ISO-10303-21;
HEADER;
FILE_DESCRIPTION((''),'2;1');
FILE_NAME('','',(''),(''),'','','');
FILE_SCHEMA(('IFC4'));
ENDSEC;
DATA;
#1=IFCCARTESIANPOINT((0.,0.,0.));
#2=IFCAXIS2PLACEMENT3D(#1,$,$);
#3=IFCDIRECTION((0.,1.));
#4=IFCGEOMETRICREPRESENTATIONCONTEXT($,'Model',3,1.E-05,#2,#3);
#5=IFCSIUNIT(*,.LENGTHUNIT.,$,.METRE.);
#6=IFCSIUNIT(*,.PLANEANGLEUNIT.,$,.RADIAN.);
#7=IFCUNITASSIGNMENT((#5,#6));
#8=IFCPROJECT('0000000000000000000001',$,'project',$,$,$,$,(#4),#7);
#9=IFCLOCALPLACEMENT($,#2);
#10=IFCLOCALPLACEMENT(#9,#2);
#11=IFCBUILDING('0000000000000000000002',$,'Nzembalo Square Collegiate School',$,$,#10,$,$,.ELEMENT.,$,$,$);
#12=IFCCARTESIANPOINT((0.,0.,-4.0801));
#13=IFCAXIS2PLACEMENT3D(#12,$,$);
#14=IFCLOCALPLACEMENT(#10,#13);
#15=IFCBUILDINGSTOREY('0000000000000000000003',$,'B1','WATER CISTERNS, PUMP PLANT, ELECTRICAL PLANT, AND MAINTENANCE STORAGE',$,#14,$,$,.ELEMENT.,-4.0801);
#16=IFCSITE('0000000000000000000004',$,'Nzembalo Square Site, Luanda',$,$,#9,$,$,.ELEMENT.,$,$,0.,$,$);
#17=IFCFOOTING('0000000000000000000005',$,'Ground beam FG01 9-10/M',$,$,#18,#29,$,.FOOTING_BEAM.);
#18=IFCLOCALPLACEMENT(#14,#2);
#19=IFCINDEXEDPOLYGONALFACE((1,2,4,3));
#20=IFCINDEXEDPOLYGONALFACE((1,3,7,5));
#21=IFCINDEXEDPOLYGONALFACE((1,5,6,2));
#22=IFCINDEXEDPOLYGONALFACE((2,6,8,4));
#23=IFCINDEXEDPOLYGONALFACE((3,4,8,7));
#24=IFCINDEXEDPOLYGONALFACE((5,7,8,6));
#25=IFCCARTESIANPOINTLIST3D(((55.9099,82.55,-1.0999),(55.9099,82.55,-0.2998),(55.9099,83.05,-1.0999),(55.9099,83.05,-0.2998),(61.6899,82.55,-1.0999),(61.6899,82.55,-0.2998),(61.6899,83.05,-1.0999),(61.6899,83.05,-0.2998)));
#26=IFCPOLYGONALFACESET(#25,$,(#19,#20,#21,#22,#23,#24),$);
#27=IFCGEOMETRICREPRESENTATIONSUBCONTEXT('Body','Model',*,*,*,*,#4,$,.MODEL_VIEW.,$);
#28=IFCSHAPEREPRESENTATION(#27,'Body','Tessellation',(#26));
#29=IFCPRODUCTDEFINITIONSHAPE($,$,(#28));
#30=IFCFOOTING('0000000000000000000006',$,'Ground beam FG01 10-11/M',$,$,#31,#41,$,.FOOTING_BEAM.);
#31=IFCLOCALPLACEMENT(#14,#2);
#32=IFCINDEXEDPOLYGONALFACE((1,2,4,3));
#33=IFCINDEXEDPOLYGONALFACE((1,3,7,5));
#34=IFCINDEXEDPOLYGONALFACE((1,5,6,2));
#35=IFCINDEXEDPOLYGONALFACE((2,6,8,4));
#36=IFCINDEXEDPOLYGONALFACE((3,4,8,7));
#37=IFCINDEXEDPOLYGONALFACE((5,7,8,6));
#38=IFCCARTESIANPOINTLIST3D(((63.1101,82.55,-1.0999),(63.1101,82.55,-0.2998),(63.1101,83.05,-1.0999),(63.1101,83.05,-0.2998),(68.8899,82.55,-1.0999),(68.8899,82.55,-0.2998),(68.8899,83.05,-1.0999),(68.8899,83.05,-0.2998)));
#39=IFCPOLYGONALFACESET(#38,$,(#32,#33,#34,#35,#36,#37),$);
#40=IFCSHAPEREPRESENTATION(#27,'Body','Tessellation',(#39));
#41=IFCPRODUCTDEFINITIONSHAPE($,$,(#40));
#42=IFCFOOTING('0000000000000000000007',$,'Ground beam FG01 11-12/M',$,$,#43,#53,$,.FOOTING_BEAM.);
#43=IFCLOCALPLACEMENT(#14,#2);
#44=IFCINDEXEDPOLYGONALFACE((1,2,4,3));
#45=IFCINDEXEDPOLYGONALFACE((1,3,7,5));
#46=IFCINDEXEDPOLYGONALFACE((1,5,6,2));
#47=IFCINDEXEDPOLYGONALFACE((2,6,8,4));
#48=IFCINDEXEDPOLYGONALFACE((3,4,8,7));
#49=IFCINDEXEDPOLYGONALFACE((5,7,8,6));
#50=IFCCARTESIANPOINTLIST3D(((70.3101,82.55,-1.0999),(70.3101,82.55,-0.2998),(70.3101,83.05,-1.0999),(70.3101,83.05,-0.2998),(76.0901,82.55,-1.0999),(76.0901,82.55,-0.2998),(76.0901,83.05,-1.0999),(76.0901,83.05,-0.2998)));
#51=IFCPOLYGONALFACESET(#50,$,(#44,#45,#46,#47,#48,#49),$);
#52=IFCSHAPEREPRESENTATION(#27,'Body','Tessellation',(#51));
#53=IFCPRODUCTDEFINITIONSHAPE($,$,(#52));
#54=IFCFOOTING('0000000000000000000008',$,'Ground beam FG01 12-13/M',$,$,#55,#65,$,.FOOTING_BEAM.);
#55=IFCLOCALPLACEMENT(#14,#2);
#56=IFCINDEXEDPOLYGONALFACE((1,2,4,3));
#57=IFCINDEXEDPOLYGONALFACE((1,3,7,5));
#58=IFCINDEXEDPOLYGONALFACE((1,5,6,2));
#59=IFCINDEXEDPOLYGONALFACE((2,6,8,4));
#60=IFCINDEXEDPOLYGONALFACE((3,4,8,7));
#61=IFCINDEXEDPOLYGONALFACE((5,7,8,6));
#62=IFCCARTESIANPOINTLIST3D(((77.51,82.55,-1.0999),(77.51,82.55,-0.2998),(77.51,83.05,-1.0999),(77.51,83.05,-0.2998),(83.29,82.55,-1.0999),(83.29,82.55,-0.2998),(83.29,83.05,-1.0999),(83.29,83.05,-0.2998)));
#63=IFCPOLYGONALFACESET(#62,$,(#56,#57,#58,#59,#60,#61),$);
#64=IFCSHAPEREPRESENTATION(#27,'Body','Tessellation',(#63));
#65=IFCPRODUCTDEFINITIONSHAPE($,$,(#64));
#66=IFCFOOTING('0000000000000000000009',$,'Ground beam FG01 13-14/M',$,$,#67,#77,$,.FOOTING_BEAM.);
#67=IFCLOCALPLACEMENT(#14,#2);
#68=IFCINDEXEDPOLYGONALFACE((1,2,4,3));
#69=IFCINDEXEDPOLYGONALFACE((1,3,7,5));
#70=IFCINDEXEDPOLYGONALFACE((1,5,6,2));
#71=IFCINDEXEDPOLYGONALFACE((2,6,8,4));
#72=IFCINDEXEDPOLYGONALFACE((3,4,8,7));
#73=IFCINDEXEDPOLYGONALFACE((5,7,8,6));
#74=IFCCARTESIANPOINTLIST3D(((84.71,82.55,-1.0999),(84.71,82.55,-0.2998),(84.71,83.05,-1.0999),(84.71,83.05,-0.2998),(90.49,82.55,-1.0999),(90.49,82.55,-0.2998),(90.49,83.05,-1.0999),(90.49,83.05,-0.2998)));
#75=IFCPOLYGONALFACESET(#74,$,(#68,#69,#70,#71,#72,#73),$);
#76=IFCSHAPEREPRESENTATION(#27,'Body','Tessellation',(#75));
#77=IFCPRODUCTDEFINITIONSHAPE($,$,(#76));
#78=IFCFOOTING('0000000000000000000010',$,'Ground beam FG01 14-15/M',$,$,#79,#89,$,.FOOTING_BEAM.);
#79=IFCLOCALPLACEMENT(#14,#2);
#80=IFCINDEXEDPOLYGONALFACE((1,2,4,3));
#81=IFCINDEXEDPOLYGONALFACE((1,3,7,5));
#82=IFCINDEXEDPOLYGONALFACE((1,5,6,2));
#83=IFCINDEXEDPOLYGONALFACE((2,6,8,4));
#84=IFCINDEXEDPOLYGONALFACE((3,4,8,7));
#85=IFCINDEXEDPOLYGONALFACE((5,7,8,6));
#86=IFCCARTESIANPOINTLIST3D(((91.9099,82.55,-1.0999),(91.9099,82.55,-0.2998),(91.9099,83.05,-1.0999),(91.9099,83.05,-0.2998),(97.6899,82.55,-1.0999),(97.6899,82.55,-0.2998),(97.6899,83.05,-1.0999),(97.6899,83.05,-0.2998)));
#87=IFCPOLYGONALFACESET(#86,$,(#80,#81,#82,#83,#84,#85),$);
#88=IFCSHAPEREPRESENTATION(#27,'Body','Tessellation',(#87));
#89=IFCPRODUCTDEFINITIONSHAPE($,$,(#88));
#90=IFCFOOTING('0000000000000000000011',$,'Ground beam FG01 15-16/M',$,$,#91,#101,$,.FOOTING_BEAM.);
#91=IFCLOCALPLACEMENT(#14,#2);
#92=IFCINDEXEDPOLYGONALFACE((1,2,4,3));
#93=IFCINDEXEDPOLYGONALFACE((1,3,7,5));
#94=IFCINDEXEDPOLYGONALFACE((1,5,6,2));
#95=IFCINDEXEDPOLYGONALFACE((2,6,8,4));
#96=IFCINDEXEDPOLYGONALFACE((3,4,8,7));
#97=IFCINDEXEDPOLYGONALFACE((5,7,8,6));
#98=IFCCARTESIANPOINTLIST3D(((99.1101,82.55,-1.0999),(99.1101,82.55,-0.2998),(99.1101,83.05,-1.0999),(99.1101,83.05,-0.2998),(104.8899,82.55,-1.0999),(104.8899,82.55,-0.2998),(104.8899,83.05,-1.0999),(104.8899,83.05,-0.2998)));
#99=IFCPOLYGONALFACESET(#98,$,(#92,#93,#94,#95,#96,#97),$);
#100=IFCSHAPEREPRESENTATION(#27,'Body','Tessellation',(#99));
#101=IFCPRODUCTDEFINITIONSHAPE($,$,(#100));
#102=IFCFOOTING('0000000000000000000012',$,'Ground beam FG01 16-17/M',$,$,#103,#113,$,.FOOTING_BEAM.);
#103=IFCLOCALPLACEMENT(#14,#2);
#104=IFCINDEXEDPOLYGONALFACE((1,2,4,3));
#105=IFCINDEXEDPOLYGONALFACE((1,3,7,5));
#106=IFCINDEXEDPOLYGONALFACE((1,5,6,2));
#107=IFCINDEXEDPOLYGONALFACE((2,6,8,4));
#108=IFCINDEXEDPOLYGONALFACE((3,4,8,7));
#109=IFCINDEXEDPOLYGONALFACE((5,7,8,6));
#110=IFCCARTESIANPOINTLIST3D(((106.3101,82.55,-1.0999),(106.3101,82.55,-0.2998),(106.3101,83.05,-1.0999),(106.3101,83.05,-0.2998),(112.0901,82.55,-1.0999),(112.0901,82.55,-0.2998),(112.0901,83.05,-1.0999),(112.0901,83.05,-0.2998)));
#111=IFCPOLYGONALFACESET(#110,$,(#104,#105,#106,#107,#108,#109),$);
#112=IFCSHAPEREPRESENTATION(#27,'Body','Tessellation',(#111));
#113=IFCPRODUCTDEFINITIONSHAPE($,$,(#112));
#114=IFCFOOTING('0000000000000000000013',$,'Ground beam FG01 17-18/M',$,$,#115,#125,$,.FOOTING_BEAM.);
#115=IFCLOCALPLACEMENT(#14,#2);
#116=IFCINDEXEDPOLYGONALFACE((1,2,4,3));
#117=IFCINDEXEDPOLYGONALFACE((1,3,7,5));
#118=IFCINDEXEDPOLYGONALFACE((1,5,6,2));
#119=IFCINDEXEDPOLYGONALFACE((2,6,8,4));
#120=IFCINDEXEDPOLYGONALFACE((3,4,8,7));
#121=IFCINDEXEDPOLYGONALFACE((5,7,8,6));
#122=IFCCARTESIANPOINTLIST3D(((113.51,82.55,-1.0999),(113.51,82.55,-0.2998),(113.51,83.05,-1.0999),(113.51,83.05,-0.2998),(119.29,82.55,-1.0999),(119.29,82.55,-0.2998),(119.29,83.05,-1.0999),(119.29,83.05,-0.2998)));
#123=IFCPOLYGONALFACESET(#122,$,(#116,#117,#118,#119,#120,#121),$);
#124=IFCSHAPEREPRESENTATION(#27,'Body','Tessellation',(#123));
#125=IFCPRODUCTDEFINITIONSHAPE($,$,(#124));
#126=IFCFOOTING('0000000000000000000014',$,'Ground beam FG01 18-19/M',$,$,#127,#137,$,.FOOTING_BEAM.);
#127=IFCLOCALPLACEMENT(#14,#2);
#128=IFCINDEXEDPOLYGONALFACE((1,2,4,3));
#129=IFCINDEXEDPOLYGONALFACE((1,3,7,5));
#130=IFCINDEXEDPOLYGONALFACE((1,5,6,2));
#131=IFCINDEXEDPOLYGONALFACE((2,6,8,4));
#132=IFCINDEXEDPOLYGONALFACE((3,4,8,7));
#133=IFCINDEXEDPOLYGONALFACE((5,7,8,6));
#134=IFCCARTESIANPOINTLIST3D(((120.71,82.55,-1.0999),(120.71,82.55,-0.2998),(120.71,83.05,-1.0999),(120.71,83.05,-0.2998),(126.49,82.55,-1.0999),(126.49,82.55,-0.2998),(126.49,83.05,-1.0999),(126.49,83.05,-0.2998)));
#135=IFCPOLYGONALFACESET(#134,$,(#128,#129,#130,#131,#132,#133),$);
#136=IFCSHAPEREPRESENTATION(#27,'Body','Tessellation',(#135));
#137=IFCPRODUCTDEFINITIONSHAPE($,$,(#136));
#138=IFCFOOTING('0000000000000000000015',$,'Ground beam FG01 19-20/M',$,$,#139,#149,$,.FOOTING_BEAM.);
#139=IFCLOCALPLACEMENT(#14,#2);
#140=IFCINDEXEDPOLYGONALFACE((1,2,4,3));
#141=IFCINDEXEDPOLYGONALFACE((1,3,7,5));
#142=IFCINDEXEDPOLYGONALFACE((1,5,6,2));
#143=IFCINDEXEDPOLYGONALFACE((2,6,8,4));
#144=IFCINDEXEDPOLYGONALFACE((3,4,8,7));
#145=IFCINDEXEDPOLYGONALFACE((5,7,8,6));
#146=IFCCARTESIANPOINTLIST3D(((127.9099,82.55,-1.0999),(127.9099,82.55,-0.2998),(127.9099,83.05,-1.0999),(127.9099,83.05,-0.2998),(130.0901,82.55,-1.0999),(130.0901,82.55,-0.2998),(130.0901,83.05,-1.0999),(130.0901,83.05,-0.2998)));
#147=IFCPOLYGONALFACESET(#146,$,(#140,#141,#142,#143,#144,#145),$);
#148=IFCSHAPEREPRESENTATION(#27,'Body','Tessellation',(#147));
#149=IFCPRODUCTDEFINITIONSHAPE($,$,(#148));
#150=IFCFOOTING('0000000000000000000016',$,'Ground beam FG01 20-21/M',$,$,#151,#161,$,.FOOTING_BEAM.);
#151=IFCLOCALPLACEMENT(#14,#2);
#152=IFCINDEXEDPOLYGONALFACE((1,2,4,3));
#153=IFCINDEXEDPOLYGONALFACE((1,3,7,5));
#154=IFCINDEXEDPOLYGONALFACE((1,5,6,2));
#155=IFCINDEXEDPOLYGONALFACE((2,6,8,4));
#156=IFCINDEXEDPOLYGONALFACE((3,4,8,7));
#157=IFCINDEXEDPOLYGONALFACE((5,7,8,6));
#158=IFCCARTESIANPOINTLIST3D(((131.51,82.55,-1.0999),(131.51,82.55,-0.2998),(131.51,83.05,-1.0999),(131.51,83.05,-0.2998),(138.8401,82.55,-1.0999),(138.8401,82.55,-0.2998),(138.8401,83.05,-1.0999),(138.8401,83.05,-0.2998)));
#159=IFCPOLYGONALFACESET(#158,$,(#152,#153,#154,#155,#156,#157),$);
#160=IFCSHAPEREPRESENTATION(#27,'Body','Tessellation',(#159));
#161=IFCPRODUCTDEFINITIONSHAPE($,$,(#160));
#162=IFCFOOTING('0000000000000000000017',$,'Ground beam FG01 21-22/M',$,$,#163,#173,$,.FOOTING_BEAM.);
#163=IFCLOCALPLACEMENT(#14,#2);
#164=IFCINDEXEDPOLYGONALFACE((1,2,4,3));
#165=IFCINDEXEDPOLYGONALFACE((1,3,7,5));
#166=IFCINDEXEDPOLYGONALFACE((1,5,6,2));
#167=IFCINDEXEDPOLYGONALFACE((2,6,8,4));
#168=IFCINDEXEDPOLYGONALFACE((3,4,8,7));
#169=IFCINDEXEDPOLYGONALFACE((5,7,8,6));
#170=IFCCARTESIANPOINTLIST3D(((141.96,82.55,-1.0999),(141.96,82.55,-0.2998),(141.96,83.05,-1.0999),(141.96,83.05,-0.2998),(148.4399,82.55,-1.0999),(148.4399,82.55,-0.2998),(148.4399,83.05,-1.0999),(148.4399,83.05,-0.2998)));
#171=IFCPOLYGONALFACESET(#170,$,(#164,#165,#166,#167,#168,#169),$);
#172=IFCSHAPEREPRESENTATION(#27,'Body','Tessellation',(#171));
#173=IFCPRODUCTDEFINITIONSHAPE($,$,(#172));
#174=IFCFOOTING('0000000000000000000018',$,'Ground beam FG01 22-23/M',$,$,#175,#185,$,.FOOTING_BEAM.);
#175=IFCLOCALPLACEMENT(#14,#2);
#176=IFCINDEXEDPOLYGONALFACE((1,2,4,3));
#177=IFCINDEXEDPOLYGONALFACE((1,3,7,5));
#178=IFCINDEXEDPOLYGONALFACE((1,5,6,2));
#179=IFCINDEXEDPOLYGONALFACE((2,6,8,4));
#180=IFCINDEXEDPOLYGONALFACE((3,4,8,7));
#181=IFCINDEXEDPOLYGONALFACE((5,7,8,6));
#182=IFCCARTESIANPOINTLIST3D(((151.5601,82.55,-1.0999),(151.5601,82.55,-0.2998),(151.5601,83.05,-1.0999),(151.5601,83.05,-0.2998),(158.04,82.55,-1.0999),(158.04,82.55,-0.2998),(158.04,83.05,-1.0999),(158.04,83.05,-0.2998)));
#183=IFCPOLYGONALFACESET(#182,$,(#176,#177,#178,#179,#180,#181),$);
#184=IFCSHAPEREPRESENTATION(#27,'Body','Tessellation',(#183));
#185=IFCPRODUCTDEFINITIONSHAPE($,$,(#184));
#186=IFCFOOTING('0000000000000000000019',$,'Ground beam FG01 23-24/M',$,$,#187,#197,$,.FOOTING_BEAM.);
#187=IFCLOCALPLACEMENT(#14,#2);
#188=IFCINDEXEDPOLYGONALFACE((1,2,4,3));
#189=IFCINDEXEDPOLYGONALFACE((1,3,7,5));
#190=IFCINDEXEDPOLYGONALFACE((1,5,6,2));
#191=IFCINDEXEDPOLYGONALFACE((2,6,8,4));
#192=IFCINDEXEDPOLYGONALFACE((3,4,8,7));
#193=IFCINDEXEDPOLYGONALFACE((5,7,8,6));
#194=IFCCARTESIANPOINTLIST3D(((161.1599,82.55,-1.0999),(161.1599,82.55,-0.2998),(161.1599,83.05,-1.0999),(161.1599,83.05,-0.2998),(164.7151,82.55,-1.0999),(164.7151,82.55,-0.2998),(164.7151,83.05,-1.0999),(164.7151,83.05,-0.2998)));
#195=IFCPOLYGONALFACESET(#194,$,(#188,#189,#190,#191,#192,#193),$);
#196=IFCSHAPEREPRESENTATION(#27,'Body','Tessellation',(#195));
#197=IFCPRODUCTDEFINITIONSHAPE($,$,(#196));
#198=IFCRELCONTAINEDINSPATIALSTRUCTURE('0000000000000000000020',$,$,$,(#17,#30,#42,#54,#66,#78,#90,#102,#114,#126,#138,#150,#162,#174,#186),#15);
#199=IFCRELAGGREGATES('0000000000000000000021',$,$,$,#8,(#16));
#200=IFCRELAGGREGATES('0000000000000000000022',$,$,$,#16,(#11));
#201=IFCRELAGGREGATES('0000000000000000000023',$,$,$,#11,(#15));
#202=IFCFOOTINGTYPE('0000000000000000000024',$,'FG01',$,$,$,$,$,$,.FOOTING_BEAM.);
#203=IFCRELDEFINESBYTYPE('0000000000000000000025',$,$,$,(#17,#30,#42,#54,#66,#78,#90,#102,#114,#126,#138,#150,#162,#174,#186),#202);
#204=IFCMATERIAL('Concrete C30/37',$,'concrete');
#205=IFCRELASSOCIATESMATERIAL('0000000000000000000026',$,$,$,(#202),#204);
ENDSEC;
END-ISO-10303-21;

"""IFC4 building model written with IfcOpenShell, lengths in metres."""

from ifc_helpers import new_model, si_unit, direction, frame, origin, place, context, subcontext, project, spatial, polyline, outline, extrude, material, type_object, element, save


model = new_model("IFC4")

# Units and contexts
model_context = context("Model", 3, precision=1e-05, world=origin(), true_north=direction((0.0, 1.0)))
body_context = subcontext(model_context, "Body", "Model", "MODEL_VIEW")
ifc_project = project(units=[si_unit("LENGTHUNIT", "METRE"), si_unit("PLANEANGLEUNIT", "RADIAN")], contexts=[model_context])

# Site, building, storey
site_placement = place(None, origin())
site = spatial("IfcSite", under=ifc_project, at=site_placement, Name="Nzembalo Square Site, Luanda", CompositionType="ELEMENT", RefElevation=0.0)
building_placement = place(site_placement, origin())
building = spatial("IfcBuilding", under=site, at=building_placement, Name="Nzembalo Square Collegiate School", CompositionType="ELEMENT")
storey_placement = place(building_placement, frame((0.0, 0.0, -4.0801)))
storey = spatial("IfcBuildingStorey", under=building, at=storey_placement, Name="B1", Description="WATER CISTERNS, PUMP PLANT, ELECTRICAL PLANT, AND MAINTENANCE STORAGE", CompositionType="ELEMENT", Elevation=-4.0801)

# Footings
ifc_material = material(Name="Concrete C30/37", Category="concrete")
footing_type = type_object("IfcFootingType", Name="FG01", PredefinedType="FOOTING_BEAM", material=ifc_material)
footing_1_placement = place(storey_placement, frame((0.0, 0.0, -1.0999)))
element("IfcFooting", 1, at=footing_1_placement, inside=storey, type_object=footing_type, Name="Ground beam FG01 9-10/M", PredefinedType="FOOTING_BEAM", context=body_context, shape_type="SweptSolid", body=[
    extrude(outline(polyline([(55.9099, 82.55), (61.6899, 82.55), (61.6899, 83.05), (55.9099, 83.05), (55.9099, 82.55)])), origin(), (0.0, 0.0, 1.0), 0.8),
])
footing_2_placement = place(storey_placement, frame((0.0, 0.0, -1.0999)))
element("IfcFooting", 2, at=footing_2_placement, inside=storey, type_object=footing_type, Name="Ground beam FG01 10-11/M", PredefinedType="FOOTING_BEAM", context=body_context, shape_type="SweptSolid", body=[
    extrude(outline(polyline([(63.1101, 82.55), (68.8899, 82.55), (68.8899, 83.05), (63.1101, 83.05), (63.1101, 82.55)])), origin(), (0.0, 0.0, 1.0), 0.8),
])
footing_3_placement = place(storey_placement, frame((0.0, 0.0, -1.0999)))
element("IfcFooting", 3, at=footing_3_placement, inside=storey, type_object=footing_type, Name="Ground beam FG01 11-12/M", PredefinedType="FOOTING_BEAM", context=body_context, shape_type="SweptSolid", body=[
    extrude(outline(polyline([(70.3101, 82.55), (76.0901, 82.55), (76.0901, 83.05), (70.3101, 83.05), (70.3101, 82.55)])), origin(), (0.0, 0.0, 1.0), 0.8),
])
footing_4_placement = place(storey_placement, frame((0.0, 0.0, -1.0999)))
element("IfcFooting", 4, at=footing_4_placement, inside=storey, type_object=footing_type, Name="Ground beam FG01 12-13/M", PredefinedType="FOOTING_BEAM", context=body_context, shape_type="SweptSolid", body=[
    extrude(outline(polyline([(77.51, 82.55), (83.29, 82.55), (83.29, 83.05), (77.51, 83.05), (77.51, 82.55)])), origin(), (0.0, 0.0, 1.0), 0.8),
])
footing_5_placement = place(storey_placement, frame((0.0, 0.0, -1.0999)))
element("IfcFooting", 5, at=footing_5_placement, inside=storey, type_object=footing_type, Name="Ground beam FG01 13-14/M", PredefinedType="FOOTING_BEAM", context=body_context, shape_type="SweptSolid", body=[
    extrude(outline(polyline([(84.71, 82.55), (90.49, 82.55), (90.49, 83.05), (84.71, 83.05), (84.71, 82.55)])), origin(), (0.0, 0.0, 1.0), 0.8),
])
footing_6_placement = place(storey_placement, frame((0.0, 0.0, -1.0999)))
element("IfcFooting", 6, at=footing_6_placement, inside=storey, type_object=footing_type, Name="Ground beam FG01 14-15/M", PredefinedType="FOOTING_BEAM", context=body_context, shape_type="SweptSolid", body=[
    extrude(outline(polyline([(91.9099, 82.55), (97.6899, 82.55), (97.6899, 83.05), (91.9099, 83.05), (91.9099, 82.55)])), origin(), (0.0, 0.0, 1.0), 0.8),
])
footing_7_placement = place(storey_placement, frame((0.0, 0.0, -1.0999)))
element("IfcFooting", 7, at=footing_7_placement, inside=storey, type_object=footing_type, Name="Ground beam FG01 15-16/M", PredefinedType="FOOTING_BEAM", context=body_context, shape_type="SweptSolid", body=[
    extrude(outline(polyline([(99.1101, 82.55), (104.8899, 82.55), (104.8899, 83.05), (99.1101, 83.05), (99.1101, 82.55)])), origin(), (0.0, 0.0, 1.0), 0.8),
])
footing_8_placement = place(storey_placement, frame((0.0, 0.0, -1.0999)))
element("IfcFooting", 8, at=footing_8_placement, inside=storey, type_object=footing_type, Name="Ground beam FG01 16-17/M", PredefinedType="FOOTING_BEAM", context=body_context, shape_type="SweptSolid", body=[
    extrude(outline(polyline([(106.3101, 82.55), (112.0901, 82.55), (112.0901, 83.05), (106.3101, 83.05), (106.3101, 82.55)])), origin(), (0.0, 0.0, 1.0), 0.8),
])
footing_9_placement = place(storey_placement, frame((0.0, 0.0, -1.0999)))
element("IfcFooting", 9, at=footing_9_placement, inside=storey, type_object=footing_type, Name="Ground beam FG01 17-18/M", PredefinedType="FOOTING_BEAM", context=body_context, shape_type="SweptSolid", body=[
    extrude(outline(polyline([(113.51, 82.55), (119.29, 82.55), (119.29, 83.05), (113.51, 83.05), (113.51, 82.55)])), origin(), (0.0, 0.0, 1.0), 0.8),
])
footing_10_placement = place(storey_placement, frame((0.0, 0.0, -1.0999)))
element("IfcFooting", 10, at=footing_10_placement, inside=storey, type_object=footing_type, Name="Ground beam FG01 18-19/M", PredefinedType="FOOTING_BEAM", context=body_context, shape_type="SweptSolid", body=[
    extrude(outline(polyline([(120.71, 82.55), (126.49, 82.55), (126.49, 83.05), (120.71, 83.05), (120.71, 82.55)])), origin(), (0.0, 0.0, 1.0), 0.8),
])
footing_11_placement = place(storey_placement, frame((0.0, 0.0, -1.0999)))
element("IfcFooting", 11, at=footing_11_placement, inside=storey, type_object=footing_type, Name="Ground beam FG01 19-20/M", PredefinedType="FOOTING_BEAM", context=body_context, shape_type="SweptSolid", body=[
    extrude(outline(polyline([(127.9099, 82.55), (130.0901, 82.55), (130.0901, 83.05), (127.9099, 83.05), (127.9099, 82.55)])), origin(), (0.0, 0.0, 1.0), 0.8),
])
footing_12_placement = place(storey_placement, frame((0.0, 0.0, -1.0999)))
element("IfcFooting", 12, at=footing_12_placement, inside=storey, type_object=footing_type, Name="Ground beam FG01 20-21/M", PredefinedType="FOOTING_BEAM", context=body_context, shape_type="SweptSolid", body=[
    extrude(outline(polyline([(131.51, 82.55), (138.8401, 82.55), (138.8401, 83.05), (131.51, 83.05), (131.51, 82.55)])), origin(), (0.0, 0.0, 1.0), 0.8),
])
footing_13_placement = place(storey_placement, frame((0.0, 0.0, -1.0999)))
element("IfcFooting", 13, at=footing_13_placement, inside=storey, type_object=footing_type, Name="Ground beam FG01 21-22/M", PredefinedType="FOOTING_BEAM", context=body_context, shape_type="SweptSolid", body=[
    extrude(outline(polyline([(141.96, 82.55), (148.4399, 82.55), (148.4399, 83.05), (141.96, 83.05), (141.96, 82.55)])), origin(), (0.0, 0.0, 1.0), 0.8),
])
footing_14_placement = place(storey_placement, frame((0.0, 0.0, -1.0999)))
element("IfcFooting", 14, at=footing_14_placement, inside=storey, type_object=footing_type, Name="Ground beam FG01 22-23/M", PredefinedType="FOOTING_BEAM", context=body_context, shape_type="SweptSolid", body=[
    extrude(outline(polyline([(151.5601, 82.55), (158.04, 82.55), (158.04, 83.05), (151.5601, 83.05), (151.5601, 82.55)])), origin(), (0.0, 0.0, 1.0), 0.8),
])
footing_15_placement = place(storey_placement, frame((0.0, 0.0, -1.0999)))
element("IfcFooting", 15, at=footing_15_placement, inside=storey, type_object=footing_type, Name="Ground beam FG01 23-24/M", PredefinedType="FOOTING_BEAM", context=body_context, shape_type="SweptSolid", body=[
    extrude(outline(polyline([(161.1599, 82.55), (164.7151, 82.55), (164.7151, 83.05), (161.1599, 83.05), (161.1599, 82.55)])), origin(), (0.0, 0.0, 1.0), 0.8),
])

save(model, "model.ifc")
